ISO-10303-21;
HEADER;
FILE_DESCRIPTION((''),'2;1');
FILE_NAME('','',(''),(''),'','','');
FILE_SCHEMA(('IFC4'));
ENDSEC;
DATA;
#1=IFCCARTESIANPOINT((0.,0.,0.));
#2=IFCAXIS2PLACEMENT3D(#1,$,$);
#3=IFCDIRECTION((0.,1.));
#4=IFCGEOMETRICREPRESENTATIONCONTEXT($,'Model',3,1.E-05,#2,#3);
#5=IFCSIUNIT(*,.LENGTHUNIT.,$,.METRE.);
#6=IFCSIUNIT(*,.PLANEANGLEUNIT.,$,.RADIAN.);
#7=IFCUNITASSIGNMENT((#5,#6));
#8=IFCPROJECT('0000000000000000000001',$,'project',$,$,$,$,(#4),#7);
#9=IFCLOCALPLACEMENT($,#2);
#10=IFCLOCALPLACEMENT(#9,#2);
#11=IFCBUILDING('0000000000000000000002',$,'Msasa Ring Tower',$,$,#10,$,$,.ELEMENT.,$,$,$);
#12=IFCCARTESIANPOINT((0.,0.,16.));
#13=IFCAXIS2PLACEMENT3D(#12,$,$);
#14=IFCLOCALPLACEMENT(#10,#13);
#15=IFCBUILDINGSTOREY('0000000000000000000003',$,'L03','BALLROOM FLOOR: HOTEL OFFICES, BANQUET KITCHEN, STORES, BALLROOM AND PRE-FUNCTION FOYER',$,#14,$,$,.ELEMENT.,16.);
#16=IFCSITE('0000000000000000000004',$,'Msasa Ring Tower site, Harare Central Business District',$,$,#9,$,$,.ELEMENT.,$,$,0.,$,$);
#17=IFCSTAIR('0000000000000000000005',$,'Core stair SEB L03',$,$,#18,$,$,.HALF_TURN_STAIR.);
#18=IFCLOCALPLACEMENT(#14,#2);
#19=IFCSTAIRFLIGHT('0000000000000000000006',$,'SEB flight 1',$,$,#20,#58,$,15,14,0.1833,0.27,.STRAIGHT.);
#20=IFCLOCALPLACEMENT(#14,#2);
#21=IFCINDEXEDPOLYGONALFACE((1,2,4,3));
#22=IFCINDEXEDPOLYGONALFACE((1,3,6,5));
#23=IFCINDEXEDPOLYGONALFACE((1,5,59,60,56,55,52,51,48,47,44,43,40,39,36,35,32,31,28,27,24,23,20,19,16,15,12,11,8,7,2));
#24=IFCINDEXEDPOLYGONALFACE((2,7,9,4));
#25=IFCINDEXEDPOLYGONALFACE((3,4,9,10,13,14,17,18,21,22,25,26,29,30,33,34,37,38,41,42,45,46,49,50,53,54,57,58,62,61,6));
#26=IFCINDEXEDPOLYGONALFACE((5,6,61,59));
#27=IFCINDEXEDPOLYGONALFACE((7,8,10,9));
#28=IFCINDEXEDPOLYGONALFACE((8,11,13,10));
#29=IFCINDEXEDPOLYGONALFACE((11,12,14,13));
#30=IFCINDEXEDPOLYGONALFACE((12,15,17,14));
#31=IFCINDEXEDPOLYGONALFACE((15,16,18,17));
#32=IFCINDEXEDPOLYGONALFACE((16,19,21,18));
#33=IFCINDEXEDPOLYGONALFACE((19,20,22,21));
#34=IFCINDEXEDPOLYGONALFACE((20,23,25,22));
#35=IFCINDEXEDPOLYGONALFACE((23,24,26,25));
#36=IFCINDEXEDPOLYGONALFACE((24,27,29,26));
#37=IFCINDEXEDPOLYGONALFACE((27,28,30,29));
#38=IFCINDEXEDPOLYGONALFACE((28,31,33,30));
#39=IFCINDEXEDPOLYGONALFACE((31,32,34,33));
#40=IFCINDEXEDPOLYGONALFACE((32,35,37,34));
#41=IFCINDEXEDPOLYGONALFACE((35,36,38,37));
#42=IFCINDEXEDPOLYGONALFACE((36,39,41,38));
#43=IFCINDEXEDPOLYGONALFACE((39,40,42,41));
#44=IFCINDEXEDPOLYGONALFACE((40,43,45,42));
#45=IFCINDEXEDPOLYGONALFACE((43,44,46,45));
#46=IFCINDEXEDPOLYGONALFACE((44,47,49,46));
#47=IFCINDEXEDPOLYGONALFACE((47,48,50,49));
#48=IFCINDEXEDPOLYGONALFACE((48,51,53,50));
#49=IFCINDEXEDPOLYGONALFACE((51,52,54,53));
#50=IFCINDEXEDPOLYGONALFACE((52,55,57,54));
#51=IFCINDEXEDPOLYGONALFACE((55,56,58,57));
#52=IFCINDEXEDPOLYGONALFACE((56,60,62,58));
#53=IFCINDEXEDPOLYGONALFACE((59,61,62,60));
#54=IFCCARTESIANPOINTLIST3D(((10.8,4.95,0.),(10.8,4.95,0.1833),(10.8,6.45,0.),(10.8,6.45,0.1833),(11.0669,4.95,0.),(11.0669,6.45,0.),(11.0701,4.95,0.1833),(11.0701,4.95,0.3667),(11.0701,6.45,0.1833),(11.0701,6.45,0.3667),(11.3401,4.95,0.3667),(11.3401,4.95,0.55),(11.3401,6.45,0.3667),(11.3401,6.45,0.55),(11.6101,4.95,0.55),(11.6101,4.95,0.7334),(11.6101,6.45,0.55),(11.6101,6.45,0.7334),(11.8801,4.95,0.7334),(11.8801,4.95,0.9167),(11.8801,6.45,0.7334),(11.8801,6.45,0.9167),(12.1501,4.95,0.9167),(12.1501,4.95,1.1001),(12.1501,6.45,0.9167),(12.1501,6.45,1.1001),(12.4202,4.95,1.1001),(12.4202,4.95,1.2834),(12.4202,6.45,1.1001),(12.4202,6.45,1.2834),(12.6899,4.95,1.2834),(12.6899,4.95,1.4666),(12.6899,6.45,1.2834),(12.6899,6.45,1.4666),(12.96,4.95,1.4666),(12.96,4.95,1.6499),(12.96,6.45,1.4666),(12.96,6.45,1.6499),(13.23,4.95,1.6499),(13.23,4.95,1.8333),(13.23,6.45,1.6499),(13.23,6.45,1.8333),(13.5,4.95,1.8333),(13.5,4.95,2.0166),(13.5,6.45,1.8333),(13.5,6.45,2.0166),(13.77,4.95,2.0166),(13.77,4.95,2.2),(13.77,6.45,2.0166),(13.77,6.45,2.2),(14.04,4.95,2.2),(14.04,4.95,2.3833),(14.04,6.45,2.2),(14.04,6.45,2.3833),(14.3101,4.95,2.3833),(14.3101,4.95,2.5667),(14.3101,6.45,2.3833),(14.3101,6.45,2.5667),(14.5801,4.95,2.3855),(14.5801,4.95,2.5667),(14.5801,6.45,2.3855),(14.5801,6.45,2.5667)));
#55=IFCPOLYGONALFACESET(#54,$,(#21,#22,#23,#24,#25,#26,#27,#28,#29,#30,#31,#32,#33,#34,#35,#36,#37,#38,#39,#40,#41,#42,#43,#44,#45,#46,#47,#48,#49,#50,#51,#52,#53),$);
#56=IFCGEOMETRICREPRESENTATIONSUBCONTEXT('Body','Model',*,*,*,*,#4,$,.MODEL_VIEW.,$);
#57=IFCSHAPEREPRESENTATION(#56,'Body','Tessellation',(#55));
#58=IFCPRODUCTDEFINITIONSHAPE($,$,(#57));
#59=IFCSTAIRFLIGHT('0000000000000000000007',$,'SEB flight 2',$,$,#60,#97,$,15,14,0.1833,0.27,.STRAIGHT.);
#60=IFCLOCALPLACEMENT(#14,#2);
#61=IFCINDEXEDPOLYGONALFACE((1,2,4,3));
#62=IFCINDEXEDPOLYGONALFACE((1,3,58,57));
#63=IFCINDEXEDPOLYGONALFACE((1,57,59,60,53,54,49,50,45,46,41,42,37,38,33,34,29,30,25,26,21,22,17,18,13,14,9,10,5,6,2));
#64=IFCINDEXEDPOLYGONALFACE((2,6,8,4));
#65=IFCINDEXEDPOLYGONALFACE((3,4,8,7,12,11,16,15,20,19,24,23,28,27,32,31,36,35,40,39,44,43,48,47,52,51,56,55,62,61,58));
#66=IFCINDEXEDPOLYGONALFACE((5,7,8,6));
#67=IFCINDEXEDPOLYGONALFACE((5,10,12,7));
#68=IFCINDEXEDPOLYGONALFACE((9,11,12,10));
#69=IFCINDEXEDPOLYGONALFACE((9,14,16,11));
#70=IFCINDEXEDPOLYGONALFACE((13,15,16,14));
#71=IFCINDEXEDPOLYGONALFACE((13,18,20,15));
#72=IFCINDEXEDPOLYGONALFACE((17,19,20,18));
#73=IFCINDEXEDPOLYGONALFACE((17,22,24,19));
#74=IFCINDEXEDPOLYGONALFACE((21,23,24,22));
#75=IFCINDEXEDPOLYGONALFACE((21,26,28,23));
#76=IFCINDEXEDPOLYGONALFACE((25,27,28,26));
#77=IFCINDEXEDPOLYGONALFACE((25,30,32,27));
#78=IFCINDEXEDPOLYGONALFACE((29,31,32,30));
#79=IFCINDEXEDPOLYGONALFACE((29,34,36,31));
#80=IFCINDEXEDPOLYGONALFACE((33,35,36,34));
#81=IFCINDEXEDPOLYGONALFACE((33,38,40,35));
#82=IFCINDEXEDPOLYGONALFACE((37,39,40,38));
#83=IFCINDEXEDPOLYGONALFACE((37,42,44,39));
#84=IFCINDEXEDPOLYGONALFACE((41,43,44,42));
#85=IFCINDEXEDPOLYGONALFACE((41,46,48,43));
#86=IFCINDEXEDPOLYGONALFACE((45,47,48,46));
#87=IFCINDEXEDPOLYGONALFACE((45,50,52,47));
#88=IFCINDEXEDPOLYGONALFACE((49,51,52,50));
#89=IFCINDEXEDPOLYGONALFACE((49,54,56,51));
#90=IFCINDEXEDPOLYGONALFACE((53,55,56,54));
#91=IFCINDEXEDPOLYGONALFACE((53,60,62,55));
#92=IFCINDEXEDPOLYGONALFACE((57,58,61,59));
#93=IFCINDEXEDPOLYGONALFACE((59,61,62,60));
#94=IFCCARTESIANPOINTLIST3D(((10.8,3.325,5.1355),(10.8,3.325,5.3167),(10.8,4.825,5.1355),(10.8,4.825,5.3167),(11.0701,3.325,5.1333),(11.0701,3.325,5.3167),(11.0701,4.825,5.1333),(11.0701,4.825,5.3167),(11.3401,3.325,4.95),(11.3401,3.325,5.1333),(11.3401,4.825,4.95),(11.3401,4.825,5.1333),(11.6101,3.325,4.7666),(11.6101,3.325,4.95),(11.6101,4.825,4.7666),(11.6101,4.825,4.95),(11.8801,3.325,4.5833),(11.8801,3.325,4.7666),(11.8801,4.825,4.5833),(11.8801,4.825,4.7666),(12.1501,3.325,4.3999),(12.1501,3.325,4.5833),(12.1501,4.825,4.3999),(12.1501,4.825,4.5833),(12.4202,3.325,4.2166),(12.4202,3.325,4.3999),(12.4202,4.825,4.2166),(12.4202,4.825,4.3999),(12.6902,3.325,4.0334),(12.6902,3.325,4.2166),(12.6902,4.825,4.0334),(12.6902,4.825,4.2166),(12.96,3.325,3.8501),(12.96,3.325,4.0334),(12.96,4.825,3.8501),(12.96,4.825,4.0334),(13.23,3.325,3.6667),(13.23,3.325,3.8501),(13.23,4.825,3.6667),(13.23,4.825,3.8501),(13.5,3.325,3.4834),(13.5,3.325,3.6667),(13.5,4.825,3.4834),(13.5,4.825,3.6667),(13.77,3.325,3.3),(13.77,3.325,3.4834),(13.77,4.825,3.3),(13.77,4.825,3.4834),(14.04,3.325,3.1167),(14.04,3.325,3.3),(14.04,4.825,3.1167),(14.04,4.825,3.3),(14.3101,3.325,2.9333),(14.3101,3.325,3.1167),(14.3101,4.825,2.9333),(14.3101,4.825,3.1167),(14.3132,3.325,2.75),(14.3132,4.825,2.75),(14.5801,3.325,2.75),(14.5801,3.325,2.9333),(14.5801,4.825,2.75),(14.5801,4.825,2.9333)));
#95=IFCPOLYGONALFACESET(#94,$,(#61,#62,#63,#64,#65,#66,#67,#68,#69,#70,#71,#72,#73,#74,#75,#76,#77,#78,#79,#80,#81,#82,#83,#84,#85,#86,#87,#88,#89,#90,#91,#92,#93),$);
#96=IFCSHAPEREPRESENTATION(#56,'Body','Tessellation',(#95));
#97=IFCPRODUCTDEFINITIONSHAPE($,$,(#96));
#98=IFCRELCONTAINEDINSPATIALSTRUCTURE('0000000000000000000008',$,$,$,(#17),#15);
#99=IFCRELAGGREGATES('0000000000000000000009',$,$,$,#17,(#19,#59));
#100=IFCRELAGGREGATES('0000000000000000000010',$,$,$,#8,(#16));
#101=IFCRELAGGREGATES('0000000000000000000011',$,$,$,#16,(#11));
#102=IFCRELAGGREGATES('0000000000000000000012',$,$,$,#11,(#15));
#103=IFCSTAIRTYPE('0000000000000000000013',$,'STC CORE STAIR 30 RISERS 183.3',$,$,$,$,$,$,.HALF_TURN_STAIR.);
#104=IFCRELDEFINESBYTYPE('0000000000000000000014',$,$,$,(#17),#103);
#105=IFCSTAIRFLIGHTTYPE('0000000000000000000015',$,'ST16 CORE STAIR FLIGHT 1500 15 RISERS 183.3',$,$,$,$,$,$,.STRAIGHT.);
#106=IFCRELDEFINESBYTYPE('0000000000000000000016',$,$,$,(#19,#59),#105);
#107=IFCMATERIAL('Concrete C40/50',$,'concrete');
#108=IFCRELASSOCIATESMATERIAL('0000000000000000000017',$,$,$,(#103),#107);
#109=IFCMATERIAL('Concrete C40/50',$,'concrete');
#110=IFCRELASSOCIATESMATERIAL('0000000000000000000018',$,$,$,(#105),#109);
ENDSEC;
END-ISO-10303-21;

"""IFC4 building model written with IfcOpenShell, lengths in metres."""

from ifc_helpers import new_model, si_unit, direction, frame, origin, place, context, subcontext, project, spatial, polyline, outline, extrude, material, type_object, element, aggregate, save


model = new_model("IFC4")

# Units and contexts
model_context = context("Model", 3, precision=1e-05, world=origin(), true_north=direction((0.0, 1.0)))
body_context = subcontext(model_context, "Body", "Model", "MODEL_VIEW")
ifc_project = project(units=[si_unit("LENGTHUNIT", "METRE"), si_unit("PLANEANGLEUNIT", "RADIAN")], contexts=[model_context])

# Site, building, storey
site_placement = place(None, origin())
site = spatial("IfcSite", under=ifc_project, at=site_placement, Name="Msasa Ring Tower site, Harare Central Business District", CompositionType="ELEMENT", RefElevation=0.0)
building_placement = place(site_placement, origin())
building = spatial("IfcBuilding", under=site, at=building_placement, Name="Msasa Ring Tower", CompositionType="ELEMENT")
storey_placement = place(building_placement, frame((0.0, 0.0, 16.0)))
storey = spatial("IfcBuildingStorey", under=building, at=storey_placement, Name="L03", Description="BALLROOM FLOOR: HOTEL OFFICES, BANQUET KITCHEN, STORES, BALLROOM AND PRE-FUNCTION FOYER", CompositionType="ELEMENT", Elevation=16.0)

# Stair, stair flights
ifc_material_1 = material(Name="Concrete C40/50", Category="concrete")
stair_type = type_object("IfcStairType", Name="STC CORE STAIR 30 RISERS 183.3", PredefinedType="HALF_TURN_STAIR", material=ifc_material_1)
stair_placement = place(storey_placement, origin())
stair = element("IfcStair", 1, at=stair_placement, inside=storey, type_object=stair_type, Name="Core stair SEB L03", PredefinedType="HALF_TURN_STAIR")
ifc_material_2 = material(Name="Concrete C40/50", Category="concrete")
stair_flight_type = type_object("IfcStairFlightType", Name="ST16 CORE STAIR FLIGHT 1500 15 RISERS 183.3", PredefinedType="STRAIGHT", material=ifc_material_2)
stair_flight_1_placement = place(storey_placement, frame((10.8, 5.7, 0.0), z_axis=(0.0, 0.0, 1.0), x_axis=(1.0, 0.0, 0.0)))
stair_flight_1 = element("IfcStairFlight", 2, at=stair_flight_1_placement, type_object=stair_flight_type, Name="SEB flight 1", NumberOfRisers=15, NumberOfTreads=14, PredefinedType="STRAIGHT", RiserHeight=0.1833, TreadLength=0.27, context=body_context, shape_type="SweptSolid", body=[
    extrude(outline(polyline([(0.0, 0.0), (0.0, 0.1833), (0.27, 0.1833), (0.27, 0.3667), (0.54, 0.3667), (0.54, 0.55), (0.8101, 0.55), (0.8101, 0.7334), (1.0801, 0.7334), (1.0801, 0.9167), (1.3501, 0.9167), (1.3501, 1.1001), (1.6201, 1.1001), (1.6201, 1.2834), (1.8899, 1.2834), (1.8899, 1.4666), (2.1599, 1.4666), (2.1599, 1.6499), (2.4299, 1.6499), (2.4299, 1.8333), (2.7, 1.8333), (2.7, 2.0166), (2.97, 2.0166), (2.97, 2.2), (3.24, 2.2), (3.24, 2.3833), (3.51, 2.3833), (3.51, 2.5667), (3.78, 2.5667), (3.78, 2.75), (3.78, 2.3855), (0.2668, 0.0), (0.0, 0.0)])), frame((0.0, 0.75, 0.0), z_axis=(0.0, -1.0, 0.0), x_axis=(1.0, 0.0, 0.0)), (0.0, 0.0, 1.0), 1.5),
])
stair_flight_2_placement = place(storey_placement, frame((14.5801, 4.075, 2.75), z_axis=(0.0, 0.0, 1.0), x_axis=(-1.0, 0.0, 0.0)))
stair_flight_2 = element("IfcStairFlight", 3, at=stair_flight_2_placement, type_object=stair_flight_type, Name="SEB flight 2", NumberOfRisers=15, NumberOfTreads=14, PredefinedType="STRAIGHT", RiserHeight=0.1833, TreadLength=0.27, context=body_context, shape_type="SweptSolid", body=[
    extrude(outline(polyline([(0.0, 0.0), (0.0, 0.1833), (0.27, 0.1833), (0.27, 0.3667), (0.54, 0.3667), (0.54, 0.55), (0.8101, 0.55), (0.8101, 0.7334), (1.0801, 0.7334), (1.0801, 0.9167), (1.3501, 0.9167), (1.3501, 1.1001), (1.6201, 1.1001), (1.6201, 1.2834), (1.8899, 1.2834), (1.8899, 1.4666), (2.1599, 1.4666), (2.1599, 1.6499), (2.4299, 1.6499), (2.4299, 1.8333), (2.7, 1.8333), (2.7, 2.0166), (2.97, 2.0166), (2.97, 2.2), (3.24, 2.2), (3.24, 2.3833), (3.51, 2.3833), (3.51, 2.5667), (3.78, 2.5667), (3.78, 2.75), (3.78, 2.3855), (0.2668, 0.0), (0.0, 0.0)])), frame((0.0, 0.75, 0.0), z_axis=(0.0, -1.0, 0.0), x_axis=(1.0, 0.0, 0.0)), (0.0, 0.0, 1.0), 1.5),
])
aggregate(stair, [stair_flight_1, stair_flight_2])

save(model, "model.ifc")
